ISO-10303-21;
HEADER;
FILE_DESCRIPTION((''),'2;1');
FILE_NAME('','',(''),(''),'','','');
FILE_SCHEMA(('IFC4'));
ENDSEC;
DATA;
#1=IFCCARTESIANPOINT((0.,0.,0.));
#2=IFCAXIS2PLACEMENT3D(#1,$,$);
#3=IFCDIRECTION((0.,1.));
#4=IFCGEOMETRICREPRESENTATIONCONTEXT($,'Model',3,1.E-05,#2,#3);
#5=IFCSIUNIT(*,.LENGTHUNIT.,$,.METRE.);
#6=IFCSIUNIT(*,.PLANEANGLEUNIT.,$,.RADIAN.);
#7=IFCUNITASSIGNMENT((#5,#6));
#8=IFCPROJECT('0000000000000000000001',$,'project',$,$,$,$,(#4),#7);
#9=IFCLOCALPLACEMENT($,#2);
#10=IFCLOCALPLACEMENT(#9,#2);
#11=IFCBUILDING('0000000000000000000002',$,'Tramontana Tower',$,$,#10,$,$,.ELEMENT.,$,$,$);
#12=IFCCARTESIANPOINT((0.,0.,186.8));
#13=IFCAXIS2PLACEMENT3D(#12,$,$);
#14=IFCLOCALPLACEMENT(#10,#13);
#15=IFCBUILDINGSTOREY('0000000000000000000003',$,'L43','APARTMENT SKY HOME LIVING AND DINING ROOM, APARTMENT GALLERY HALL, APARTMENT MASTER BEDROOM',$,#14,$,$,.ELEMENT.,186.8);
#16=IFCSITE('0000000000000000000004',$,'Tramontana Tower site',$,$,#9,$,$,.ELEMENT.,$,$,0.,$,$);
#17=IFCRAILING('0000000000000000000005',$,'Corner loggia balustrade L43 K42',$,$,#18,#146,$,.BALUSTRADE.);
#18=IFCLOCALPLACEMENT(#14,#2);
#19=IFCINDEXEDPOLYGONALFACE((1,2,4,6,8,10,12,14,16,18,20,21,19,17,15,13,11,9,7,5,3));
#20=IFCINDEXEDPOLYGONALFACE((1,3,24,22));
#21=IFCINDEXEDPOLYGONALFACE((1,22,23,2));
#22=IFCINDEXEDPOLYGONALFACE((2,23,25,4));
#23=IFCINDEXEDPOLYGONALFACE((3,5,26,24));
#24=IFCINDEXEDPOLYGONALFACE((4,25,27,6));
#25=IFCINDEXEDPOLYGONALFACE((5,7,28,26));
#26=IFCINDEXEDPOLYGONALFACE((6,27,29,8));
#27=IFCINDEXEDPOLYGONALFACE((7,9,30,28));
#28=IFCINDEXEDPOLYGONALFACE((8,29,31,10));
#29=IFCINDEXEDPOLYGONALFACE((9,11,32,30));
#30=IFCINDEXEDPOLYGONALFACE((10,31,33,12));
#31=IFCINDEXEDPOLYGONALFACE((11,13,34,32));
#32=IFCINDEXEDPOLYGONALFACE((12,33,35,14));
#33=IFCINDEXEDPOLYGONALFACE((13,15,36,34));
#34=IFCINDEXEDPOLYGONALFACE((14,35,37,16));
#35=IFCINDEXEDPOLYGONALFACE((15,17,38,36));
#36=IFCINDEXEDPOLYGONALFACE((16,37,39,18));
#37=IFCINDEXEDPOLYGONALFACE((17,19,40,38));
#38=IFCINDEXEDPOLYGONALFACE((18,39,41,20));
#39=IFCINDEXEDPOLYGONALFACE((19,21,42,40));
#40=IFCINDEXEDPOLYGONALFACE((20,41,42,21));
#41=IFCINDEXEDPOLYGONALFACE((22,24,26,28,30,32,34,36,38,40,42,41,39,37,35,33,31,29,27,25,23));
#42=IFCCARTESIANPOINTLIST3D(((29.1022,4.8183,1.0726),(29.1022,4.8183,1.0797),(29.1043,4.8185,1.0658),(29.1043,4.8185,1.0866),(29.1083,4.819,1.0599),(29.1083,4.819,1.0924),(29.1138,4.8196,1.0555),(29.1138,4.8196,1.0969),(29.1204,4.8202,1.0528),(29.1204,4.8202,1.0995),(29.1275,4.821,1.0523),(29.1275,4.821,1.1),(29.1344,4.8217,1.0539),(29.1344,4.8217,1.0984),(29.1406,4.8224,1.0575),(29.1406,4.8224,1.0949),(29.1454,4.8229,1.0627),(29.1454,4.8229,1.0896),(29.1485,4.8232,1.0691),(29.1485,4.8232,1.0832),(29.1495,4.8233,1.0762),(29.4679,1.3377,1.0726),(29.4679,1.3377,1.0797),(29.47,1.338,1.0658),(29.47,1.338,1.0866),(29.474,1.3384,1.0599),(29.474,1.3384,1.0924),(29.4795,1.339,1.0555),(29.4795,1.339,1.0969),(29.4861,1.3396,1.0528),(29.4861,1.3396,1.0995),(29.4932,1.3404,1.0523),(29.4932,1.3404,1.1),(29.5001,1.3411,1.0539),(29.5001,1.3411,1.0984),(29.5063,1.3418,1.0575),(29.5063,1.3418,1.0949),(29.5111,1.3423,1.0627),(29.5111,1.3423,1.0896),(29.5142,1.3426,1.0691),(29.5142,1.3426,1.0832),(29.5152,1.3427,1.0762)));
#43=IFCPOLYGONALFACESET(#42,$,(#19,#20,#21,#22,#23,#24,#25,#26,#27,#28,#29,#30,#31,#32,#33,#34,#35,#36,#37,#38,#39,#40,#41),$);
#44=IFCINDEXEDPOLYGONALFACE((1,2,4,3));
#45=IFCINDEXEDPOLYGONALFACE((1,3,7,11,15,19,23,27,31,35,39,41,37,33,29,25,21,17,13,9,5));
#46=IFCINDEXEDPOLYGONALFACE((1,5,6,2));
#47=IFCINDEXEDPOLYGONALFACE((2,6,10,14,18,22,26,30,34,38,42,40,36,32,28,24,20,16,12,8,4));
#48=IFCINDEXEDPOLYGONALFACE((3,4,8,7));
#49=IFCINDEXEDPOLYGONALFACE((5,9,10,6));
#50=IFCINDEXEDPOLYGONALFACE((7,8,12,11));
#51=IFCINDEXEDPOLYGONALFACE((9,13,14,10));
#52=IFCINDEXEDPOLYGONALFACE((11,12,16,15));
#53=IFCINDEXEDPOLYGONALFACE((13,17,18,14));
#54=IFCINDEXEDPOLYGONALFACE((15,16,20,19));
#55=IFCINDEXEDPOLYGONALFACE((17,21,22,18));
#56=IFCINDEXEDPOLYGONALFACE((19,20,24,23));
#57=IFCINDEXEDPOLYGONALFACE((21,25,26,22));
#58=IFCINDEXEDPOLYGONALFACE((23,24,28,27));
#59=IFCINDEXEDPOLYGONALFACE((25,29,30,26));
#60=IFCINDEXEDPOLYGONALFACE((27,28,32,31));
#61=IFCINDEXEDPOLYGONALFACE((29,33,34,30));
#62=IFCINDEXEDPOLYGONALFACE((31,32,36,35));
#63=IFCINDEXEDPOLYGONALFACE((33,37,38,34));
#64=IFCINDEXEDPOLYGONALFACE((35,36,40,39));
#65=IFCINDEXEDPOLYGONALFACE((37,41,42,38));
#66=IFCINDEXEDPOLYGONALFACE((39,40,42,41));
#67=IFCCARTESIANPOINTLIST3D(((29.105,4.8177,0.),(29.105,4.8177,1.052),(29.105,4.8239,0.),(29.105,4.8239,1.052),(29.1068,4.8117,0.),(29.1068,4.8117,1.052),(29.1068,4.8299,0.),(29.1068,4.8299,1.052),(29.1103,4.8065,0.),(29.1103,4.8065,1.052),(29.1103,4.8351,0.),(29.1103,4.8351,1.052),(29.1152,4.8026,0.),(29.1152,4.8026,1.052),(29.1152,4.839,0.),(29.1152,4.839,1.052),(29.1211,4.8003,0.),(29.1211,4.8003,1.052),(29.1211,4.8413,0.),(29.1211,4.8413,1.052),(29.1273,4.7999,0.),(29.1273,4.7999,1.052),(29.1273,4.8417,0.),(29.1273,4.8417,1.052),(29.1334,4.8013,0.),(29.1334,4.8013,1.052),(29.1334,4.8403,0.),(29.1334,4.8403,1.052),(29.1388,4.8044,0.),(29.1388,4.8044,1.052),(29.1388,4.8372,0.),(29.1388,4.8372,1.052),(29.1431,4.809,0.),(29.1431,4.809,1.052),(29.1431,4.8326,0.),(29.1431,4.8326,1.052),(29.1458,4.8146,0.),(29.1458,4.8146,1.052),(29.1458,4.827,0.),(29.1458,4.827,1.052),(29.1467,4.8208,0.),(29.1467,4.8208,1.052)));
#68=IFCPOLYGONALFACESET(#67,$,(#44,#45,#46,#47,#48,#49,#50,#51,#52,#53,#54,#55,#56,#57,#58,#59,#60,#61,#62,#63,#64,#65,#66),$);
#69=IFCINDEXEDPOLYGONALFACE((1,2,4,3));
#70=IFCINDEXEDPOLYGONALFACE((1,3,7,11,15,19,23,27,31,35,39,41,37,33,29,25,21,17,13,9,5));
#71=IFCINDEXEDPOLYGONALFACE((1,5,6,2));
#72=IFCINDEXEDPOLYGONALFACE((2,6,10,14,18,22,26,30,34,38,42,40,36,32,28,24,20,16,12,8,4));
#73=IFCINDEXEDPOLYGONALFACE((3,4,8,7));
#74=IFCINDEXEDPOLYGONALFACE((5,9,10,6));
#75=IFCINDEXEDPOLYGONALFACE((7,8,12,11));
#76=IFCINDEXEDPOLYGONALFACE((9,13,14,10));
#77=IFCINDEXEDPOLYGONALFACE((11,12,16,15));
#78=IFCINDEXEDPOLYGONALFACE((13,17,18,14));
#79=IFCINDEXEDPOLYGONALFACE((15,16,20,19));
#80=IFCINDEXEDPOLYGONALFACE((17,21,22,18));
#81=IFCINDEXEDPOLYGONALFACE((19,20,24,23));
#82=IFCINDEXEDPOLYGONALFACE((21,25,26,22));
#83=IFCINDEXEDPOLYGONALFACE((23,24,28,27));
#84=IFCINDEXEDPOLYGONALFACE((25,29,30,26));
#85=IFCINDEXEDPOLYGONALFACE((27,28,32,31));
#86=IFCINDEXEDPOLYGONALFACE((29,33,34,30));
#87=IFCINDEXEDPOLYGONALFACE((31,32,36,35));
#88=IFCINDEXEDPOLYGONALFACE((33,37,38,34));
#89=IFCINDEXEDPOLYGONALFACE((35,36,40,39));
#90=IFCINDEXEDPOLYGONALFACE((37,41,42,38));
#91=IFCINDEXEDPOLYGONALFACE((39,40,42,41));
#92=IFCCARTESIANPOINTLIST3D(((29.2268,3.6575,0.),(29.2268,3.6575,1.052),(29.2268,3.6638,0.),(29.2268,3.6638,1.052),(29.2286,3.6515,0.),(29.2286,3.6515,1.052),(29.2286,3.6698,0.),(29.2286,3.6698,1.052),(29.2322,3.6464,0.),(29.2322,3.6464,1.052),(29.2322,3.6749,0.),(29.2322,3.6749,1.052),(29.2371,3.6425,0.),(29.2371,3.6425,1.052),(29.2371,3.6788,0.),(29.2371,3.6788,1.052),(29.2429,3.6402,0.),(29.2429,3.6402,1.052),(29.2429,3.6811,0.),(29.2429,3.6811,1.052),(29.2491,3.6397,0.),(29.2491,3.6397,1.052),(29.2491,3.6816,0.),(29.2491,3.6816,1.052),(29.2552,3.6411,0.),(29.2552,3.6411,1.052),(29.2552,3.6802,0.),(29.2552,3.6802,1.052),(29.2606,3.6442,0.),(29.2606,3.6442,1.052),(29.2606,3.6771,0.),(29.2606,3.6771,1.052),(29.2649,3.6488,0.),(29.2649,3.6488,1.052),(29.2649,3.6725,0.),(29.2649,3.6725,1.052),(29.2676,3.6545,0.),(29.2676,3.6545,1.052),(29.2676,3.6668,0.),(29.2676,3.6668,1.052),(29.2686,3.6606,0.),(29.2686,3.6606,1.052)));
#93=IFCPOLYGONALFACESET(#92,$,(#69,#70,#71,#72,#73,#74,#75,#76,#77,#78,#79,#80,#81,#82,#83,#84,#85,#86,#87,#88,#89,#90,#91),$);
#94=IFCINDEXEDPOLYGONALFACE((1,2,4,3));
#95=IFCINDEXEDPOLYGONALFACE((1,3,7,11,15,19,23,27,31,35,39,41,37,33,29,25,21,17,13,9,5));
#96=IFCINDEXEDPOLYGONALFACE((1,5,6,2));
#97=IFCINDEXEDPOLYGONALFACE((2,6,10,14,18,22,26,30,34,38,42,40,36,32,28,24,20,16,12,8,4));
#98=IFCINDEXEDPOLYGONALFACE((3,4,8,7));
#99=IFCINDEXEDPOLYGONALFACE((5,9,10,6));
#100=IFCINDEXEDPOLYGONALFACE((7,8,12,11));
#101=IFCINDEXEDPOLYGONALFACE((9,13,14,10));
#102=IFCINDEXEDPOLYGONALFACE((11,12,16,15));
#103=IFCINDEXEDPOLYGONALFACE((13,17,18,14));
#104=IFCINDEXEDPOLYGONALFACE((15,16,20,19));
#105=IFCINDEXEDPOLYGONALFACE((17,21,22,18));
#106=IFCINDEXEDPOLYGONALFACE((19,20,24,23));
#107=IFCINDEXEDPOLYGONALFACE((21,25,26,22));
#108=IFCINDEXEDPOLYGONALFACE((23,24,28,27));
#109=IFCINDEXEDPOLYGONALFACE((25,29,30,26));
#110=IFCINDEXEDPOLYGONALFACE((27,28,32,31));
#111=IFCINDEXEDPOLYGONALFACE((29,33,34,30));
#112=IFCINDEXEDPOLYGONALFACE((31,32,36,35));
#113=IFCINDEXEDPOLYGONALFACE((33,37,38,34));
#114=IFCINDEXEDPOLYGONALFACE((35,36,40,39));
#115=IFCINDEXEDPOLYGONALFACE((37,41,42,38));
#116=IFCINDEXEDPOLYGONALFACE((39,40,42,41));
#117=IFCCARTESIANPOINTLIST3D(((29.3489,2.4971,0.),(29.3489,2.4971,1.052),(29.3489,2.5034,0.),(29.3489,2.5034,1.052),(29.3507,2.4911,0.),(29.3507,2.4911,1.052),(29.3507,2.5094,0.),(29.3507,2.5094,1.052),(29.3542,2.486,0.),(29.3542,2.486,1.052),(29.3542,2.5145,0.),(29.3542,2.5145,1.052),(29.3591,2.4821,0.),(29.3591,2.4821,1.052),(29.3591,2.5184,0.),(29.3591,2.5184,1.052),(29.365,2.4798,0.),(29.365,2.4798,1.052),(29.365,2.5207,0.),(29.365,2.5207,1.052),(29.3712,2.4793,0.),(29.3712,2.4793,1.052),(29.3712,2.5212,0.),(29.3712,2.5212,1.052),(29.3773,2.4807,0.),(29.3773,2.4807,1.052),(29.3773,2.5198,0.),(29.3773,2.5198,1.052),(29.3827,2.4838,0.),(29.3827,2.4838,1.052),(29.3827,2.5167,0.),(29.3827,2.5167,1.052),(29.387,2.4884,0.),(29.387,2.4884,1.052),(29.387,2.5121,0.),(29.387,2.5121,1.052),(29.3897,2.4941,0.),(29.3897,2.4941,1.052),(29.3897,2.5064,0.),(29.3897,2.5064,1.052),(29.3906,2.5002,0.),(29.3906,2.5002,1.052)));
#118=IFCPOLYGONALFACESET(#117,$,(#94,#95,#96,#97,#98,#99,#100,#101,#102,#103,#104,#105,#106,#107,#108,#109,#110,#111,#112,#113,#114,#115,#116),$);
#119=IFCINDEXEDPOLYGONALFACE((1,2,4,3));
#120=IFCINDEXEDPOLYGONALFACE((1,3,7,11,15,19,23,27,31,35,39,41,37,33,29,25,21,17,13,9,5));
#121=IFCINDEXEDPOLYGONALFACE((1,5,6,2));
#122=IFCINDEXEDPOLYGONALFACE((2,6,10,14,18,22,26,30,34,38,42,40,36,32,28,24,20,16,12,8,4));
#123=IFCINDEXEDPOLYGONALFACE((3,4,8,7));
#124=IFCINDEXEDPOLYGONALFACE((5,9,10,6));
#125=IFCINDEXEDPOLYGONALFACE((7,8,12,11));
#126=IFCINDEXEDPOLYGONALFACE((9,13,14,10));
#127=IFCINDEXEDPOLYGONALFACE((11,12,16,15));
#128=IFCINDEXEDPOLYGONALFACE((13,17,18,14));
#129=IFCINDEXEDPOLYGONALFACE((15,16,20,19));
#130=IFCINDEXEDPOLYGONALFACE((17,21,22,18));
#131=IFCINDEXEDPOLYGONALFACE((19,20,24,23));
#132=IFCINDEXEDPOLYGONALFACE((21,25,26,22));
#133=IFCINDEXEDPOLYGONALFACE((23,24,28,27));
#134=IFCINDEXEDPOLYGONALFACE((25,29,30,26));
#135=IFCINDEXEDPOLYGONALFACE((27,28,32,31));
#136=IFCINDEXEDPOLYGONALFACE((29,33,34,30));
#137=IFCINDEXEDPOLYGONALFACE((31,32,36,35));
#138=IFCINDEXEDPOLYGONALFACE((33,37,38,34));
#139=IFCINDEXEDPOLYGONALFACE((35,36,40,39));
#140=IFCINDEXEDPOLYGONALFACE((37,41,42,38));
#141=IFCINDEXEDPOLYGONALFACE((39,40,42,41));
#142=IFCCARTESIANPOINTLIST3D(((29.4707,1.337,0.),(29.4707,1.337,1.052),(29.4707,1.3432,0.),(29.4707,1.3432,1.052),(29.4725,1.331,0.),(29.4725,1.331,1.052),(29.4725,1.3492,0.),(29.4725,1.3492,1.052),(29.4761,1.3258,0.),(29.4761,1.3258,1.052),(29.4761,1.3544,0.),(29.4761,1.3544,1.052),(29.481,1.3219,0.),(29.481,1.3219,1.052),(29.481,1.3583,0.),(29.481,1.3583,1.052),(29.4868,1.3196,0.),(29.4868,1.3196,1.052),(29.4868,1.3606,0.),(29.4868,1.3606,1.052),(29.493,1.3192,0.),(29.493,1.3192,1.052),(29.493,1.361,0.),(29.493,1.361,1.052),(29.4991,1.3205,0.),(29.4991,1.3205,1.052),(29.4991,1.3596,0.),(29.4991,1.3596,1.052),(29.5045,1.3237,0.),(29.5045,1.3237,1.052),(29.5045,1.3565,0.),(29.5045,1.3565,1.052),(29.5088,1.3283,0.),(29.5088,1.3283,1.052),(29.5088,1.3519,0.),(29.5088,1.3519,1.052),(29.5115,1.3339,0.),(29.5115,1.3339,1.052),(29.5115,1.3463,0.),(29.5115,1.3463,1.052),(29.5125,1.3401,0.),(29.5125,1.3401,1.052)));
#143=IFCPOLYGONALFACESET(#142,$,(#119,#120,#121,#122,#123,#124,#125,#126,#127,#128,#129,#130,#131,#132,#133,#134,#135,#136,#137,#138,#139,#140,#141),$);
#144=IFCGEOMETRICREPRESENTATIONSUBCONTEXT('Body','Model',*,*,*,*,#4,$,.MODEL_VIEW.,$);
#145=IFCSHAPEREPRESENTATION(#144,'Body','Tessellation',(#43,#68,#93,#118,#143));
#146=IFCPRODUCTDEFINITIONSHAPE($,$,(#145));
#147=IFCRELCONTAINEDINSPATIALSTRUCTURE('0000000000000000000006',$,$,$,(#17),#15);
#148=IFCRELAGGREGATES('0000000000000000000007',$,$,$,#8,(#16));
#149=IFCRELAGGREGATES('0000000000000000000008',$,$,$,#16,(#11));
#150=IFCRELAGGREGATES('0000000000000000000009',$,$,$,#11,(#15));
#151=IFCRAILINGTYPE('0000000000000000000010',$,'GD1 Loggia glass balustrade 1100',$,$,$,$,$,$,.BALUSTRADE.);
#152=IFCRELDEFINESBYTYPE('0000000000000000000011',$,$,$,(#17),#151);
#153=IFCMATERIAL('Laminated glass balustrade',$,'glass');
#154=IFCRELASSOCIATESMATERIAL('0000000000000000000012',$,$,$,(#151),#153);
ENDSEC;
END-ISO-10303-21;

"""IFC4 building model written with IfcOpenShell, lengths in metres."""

from ifc_helpers import new_model, si_unit, direction, frame, origin, origin_2d, place, context, subcontext, project, spatial, circle, extrude, material, type_object, element, save


model = new_model("IFC4")

# Units and contexts
model_context = context("Model", 3, precision=1e-05, world=origin(), true_north=direction((0.0, 1.0)))
body_context = subcontext(model_context, "Body", "Model", "MODEL_VIEW")
ifc_project = project(units=[si_unit("LENGTHUNIT", "METRE"), si_unit("PLANEANGLEUNIT", "RADIAN")], contexts=[model_context])

# Site, building, storey
site_placement = place(None, origin())
site = spatial("IfcSite", under=ifc_project, at=site_placement, Name="Tramontana Tower site", CompositionType="ELEMENT", RefElevation=0.0)
building_placement = place(site_placement, origin())
building = spatial("IfcBuilding", under=site, at=building_placement, Name="Tramontana Tower", CompositionType="ELEMENT")
storey_placement = place(building_placement, frame((0.0, 0.0, 186.8)))
storey = spatial("IfcBuildingStorey", under=building, at=storey_placement, Name="L43", Description="APARTMENT SKY HOME LIVING AND DINING ROOM, APARTMENT GALLERY HALL, APARTMENT MASTER BEDROOM", CompositionType="ELEMENT", Elevation=186.8)

# Railing
ifc_material_1 = material(Name="Laminated glass balustrade", Category="glass")
railing_type = type_object("IfcRailingType", Name="GD1 Loggia glass balustrade 1100", PredefinedType="BALUSTRADE", material=ifc_material_1)
railing_1_placement = place(storey_placement, frame((29.1257, 4.8208, 0.0)))
element("IfcRailing", 1, at=railing_1_placement, inside=storey, type_object=railing_type, Name="Corner loggia balustrade L43 K42", PredefinedType="BALUSTRADE", context=body_context, shape_type="SweptSolid", body=[
    extrude(circle(Radius=0.0239, at=origin_2d()), frame((0.0, 0.0, 1.0762), z_axis=(0.104496, -0.994525, 0.0), x_axis=(0.994525, 0.104496, 0.0)), (0.0, 0.0, 1.0), 3.4998),
    extrude(circle(Radius=0.021, at=origin_2d()), origin(), (0.0, 0.0, 1.0), 1.052),
    extrude(circle(Radius=0.021, at=origin_2d()), frame((0.1218, -1.1602, 0.0)), (0.0, 0.0, 1.0), 1.052),
    extrude(circle(Radius=0.021, at=origin_2d()), frame((0.2439, -2.3206, 0.0)), (0.0, 0.0, 1.0), 1.052),
    extrude(circle(Radius=0.021, at=origin_2d()), frame((0.3657, -3.4807, 0.0)), (0.0, 0.0, 1.0), 1.052),
])

save(model, "model.ifc")
